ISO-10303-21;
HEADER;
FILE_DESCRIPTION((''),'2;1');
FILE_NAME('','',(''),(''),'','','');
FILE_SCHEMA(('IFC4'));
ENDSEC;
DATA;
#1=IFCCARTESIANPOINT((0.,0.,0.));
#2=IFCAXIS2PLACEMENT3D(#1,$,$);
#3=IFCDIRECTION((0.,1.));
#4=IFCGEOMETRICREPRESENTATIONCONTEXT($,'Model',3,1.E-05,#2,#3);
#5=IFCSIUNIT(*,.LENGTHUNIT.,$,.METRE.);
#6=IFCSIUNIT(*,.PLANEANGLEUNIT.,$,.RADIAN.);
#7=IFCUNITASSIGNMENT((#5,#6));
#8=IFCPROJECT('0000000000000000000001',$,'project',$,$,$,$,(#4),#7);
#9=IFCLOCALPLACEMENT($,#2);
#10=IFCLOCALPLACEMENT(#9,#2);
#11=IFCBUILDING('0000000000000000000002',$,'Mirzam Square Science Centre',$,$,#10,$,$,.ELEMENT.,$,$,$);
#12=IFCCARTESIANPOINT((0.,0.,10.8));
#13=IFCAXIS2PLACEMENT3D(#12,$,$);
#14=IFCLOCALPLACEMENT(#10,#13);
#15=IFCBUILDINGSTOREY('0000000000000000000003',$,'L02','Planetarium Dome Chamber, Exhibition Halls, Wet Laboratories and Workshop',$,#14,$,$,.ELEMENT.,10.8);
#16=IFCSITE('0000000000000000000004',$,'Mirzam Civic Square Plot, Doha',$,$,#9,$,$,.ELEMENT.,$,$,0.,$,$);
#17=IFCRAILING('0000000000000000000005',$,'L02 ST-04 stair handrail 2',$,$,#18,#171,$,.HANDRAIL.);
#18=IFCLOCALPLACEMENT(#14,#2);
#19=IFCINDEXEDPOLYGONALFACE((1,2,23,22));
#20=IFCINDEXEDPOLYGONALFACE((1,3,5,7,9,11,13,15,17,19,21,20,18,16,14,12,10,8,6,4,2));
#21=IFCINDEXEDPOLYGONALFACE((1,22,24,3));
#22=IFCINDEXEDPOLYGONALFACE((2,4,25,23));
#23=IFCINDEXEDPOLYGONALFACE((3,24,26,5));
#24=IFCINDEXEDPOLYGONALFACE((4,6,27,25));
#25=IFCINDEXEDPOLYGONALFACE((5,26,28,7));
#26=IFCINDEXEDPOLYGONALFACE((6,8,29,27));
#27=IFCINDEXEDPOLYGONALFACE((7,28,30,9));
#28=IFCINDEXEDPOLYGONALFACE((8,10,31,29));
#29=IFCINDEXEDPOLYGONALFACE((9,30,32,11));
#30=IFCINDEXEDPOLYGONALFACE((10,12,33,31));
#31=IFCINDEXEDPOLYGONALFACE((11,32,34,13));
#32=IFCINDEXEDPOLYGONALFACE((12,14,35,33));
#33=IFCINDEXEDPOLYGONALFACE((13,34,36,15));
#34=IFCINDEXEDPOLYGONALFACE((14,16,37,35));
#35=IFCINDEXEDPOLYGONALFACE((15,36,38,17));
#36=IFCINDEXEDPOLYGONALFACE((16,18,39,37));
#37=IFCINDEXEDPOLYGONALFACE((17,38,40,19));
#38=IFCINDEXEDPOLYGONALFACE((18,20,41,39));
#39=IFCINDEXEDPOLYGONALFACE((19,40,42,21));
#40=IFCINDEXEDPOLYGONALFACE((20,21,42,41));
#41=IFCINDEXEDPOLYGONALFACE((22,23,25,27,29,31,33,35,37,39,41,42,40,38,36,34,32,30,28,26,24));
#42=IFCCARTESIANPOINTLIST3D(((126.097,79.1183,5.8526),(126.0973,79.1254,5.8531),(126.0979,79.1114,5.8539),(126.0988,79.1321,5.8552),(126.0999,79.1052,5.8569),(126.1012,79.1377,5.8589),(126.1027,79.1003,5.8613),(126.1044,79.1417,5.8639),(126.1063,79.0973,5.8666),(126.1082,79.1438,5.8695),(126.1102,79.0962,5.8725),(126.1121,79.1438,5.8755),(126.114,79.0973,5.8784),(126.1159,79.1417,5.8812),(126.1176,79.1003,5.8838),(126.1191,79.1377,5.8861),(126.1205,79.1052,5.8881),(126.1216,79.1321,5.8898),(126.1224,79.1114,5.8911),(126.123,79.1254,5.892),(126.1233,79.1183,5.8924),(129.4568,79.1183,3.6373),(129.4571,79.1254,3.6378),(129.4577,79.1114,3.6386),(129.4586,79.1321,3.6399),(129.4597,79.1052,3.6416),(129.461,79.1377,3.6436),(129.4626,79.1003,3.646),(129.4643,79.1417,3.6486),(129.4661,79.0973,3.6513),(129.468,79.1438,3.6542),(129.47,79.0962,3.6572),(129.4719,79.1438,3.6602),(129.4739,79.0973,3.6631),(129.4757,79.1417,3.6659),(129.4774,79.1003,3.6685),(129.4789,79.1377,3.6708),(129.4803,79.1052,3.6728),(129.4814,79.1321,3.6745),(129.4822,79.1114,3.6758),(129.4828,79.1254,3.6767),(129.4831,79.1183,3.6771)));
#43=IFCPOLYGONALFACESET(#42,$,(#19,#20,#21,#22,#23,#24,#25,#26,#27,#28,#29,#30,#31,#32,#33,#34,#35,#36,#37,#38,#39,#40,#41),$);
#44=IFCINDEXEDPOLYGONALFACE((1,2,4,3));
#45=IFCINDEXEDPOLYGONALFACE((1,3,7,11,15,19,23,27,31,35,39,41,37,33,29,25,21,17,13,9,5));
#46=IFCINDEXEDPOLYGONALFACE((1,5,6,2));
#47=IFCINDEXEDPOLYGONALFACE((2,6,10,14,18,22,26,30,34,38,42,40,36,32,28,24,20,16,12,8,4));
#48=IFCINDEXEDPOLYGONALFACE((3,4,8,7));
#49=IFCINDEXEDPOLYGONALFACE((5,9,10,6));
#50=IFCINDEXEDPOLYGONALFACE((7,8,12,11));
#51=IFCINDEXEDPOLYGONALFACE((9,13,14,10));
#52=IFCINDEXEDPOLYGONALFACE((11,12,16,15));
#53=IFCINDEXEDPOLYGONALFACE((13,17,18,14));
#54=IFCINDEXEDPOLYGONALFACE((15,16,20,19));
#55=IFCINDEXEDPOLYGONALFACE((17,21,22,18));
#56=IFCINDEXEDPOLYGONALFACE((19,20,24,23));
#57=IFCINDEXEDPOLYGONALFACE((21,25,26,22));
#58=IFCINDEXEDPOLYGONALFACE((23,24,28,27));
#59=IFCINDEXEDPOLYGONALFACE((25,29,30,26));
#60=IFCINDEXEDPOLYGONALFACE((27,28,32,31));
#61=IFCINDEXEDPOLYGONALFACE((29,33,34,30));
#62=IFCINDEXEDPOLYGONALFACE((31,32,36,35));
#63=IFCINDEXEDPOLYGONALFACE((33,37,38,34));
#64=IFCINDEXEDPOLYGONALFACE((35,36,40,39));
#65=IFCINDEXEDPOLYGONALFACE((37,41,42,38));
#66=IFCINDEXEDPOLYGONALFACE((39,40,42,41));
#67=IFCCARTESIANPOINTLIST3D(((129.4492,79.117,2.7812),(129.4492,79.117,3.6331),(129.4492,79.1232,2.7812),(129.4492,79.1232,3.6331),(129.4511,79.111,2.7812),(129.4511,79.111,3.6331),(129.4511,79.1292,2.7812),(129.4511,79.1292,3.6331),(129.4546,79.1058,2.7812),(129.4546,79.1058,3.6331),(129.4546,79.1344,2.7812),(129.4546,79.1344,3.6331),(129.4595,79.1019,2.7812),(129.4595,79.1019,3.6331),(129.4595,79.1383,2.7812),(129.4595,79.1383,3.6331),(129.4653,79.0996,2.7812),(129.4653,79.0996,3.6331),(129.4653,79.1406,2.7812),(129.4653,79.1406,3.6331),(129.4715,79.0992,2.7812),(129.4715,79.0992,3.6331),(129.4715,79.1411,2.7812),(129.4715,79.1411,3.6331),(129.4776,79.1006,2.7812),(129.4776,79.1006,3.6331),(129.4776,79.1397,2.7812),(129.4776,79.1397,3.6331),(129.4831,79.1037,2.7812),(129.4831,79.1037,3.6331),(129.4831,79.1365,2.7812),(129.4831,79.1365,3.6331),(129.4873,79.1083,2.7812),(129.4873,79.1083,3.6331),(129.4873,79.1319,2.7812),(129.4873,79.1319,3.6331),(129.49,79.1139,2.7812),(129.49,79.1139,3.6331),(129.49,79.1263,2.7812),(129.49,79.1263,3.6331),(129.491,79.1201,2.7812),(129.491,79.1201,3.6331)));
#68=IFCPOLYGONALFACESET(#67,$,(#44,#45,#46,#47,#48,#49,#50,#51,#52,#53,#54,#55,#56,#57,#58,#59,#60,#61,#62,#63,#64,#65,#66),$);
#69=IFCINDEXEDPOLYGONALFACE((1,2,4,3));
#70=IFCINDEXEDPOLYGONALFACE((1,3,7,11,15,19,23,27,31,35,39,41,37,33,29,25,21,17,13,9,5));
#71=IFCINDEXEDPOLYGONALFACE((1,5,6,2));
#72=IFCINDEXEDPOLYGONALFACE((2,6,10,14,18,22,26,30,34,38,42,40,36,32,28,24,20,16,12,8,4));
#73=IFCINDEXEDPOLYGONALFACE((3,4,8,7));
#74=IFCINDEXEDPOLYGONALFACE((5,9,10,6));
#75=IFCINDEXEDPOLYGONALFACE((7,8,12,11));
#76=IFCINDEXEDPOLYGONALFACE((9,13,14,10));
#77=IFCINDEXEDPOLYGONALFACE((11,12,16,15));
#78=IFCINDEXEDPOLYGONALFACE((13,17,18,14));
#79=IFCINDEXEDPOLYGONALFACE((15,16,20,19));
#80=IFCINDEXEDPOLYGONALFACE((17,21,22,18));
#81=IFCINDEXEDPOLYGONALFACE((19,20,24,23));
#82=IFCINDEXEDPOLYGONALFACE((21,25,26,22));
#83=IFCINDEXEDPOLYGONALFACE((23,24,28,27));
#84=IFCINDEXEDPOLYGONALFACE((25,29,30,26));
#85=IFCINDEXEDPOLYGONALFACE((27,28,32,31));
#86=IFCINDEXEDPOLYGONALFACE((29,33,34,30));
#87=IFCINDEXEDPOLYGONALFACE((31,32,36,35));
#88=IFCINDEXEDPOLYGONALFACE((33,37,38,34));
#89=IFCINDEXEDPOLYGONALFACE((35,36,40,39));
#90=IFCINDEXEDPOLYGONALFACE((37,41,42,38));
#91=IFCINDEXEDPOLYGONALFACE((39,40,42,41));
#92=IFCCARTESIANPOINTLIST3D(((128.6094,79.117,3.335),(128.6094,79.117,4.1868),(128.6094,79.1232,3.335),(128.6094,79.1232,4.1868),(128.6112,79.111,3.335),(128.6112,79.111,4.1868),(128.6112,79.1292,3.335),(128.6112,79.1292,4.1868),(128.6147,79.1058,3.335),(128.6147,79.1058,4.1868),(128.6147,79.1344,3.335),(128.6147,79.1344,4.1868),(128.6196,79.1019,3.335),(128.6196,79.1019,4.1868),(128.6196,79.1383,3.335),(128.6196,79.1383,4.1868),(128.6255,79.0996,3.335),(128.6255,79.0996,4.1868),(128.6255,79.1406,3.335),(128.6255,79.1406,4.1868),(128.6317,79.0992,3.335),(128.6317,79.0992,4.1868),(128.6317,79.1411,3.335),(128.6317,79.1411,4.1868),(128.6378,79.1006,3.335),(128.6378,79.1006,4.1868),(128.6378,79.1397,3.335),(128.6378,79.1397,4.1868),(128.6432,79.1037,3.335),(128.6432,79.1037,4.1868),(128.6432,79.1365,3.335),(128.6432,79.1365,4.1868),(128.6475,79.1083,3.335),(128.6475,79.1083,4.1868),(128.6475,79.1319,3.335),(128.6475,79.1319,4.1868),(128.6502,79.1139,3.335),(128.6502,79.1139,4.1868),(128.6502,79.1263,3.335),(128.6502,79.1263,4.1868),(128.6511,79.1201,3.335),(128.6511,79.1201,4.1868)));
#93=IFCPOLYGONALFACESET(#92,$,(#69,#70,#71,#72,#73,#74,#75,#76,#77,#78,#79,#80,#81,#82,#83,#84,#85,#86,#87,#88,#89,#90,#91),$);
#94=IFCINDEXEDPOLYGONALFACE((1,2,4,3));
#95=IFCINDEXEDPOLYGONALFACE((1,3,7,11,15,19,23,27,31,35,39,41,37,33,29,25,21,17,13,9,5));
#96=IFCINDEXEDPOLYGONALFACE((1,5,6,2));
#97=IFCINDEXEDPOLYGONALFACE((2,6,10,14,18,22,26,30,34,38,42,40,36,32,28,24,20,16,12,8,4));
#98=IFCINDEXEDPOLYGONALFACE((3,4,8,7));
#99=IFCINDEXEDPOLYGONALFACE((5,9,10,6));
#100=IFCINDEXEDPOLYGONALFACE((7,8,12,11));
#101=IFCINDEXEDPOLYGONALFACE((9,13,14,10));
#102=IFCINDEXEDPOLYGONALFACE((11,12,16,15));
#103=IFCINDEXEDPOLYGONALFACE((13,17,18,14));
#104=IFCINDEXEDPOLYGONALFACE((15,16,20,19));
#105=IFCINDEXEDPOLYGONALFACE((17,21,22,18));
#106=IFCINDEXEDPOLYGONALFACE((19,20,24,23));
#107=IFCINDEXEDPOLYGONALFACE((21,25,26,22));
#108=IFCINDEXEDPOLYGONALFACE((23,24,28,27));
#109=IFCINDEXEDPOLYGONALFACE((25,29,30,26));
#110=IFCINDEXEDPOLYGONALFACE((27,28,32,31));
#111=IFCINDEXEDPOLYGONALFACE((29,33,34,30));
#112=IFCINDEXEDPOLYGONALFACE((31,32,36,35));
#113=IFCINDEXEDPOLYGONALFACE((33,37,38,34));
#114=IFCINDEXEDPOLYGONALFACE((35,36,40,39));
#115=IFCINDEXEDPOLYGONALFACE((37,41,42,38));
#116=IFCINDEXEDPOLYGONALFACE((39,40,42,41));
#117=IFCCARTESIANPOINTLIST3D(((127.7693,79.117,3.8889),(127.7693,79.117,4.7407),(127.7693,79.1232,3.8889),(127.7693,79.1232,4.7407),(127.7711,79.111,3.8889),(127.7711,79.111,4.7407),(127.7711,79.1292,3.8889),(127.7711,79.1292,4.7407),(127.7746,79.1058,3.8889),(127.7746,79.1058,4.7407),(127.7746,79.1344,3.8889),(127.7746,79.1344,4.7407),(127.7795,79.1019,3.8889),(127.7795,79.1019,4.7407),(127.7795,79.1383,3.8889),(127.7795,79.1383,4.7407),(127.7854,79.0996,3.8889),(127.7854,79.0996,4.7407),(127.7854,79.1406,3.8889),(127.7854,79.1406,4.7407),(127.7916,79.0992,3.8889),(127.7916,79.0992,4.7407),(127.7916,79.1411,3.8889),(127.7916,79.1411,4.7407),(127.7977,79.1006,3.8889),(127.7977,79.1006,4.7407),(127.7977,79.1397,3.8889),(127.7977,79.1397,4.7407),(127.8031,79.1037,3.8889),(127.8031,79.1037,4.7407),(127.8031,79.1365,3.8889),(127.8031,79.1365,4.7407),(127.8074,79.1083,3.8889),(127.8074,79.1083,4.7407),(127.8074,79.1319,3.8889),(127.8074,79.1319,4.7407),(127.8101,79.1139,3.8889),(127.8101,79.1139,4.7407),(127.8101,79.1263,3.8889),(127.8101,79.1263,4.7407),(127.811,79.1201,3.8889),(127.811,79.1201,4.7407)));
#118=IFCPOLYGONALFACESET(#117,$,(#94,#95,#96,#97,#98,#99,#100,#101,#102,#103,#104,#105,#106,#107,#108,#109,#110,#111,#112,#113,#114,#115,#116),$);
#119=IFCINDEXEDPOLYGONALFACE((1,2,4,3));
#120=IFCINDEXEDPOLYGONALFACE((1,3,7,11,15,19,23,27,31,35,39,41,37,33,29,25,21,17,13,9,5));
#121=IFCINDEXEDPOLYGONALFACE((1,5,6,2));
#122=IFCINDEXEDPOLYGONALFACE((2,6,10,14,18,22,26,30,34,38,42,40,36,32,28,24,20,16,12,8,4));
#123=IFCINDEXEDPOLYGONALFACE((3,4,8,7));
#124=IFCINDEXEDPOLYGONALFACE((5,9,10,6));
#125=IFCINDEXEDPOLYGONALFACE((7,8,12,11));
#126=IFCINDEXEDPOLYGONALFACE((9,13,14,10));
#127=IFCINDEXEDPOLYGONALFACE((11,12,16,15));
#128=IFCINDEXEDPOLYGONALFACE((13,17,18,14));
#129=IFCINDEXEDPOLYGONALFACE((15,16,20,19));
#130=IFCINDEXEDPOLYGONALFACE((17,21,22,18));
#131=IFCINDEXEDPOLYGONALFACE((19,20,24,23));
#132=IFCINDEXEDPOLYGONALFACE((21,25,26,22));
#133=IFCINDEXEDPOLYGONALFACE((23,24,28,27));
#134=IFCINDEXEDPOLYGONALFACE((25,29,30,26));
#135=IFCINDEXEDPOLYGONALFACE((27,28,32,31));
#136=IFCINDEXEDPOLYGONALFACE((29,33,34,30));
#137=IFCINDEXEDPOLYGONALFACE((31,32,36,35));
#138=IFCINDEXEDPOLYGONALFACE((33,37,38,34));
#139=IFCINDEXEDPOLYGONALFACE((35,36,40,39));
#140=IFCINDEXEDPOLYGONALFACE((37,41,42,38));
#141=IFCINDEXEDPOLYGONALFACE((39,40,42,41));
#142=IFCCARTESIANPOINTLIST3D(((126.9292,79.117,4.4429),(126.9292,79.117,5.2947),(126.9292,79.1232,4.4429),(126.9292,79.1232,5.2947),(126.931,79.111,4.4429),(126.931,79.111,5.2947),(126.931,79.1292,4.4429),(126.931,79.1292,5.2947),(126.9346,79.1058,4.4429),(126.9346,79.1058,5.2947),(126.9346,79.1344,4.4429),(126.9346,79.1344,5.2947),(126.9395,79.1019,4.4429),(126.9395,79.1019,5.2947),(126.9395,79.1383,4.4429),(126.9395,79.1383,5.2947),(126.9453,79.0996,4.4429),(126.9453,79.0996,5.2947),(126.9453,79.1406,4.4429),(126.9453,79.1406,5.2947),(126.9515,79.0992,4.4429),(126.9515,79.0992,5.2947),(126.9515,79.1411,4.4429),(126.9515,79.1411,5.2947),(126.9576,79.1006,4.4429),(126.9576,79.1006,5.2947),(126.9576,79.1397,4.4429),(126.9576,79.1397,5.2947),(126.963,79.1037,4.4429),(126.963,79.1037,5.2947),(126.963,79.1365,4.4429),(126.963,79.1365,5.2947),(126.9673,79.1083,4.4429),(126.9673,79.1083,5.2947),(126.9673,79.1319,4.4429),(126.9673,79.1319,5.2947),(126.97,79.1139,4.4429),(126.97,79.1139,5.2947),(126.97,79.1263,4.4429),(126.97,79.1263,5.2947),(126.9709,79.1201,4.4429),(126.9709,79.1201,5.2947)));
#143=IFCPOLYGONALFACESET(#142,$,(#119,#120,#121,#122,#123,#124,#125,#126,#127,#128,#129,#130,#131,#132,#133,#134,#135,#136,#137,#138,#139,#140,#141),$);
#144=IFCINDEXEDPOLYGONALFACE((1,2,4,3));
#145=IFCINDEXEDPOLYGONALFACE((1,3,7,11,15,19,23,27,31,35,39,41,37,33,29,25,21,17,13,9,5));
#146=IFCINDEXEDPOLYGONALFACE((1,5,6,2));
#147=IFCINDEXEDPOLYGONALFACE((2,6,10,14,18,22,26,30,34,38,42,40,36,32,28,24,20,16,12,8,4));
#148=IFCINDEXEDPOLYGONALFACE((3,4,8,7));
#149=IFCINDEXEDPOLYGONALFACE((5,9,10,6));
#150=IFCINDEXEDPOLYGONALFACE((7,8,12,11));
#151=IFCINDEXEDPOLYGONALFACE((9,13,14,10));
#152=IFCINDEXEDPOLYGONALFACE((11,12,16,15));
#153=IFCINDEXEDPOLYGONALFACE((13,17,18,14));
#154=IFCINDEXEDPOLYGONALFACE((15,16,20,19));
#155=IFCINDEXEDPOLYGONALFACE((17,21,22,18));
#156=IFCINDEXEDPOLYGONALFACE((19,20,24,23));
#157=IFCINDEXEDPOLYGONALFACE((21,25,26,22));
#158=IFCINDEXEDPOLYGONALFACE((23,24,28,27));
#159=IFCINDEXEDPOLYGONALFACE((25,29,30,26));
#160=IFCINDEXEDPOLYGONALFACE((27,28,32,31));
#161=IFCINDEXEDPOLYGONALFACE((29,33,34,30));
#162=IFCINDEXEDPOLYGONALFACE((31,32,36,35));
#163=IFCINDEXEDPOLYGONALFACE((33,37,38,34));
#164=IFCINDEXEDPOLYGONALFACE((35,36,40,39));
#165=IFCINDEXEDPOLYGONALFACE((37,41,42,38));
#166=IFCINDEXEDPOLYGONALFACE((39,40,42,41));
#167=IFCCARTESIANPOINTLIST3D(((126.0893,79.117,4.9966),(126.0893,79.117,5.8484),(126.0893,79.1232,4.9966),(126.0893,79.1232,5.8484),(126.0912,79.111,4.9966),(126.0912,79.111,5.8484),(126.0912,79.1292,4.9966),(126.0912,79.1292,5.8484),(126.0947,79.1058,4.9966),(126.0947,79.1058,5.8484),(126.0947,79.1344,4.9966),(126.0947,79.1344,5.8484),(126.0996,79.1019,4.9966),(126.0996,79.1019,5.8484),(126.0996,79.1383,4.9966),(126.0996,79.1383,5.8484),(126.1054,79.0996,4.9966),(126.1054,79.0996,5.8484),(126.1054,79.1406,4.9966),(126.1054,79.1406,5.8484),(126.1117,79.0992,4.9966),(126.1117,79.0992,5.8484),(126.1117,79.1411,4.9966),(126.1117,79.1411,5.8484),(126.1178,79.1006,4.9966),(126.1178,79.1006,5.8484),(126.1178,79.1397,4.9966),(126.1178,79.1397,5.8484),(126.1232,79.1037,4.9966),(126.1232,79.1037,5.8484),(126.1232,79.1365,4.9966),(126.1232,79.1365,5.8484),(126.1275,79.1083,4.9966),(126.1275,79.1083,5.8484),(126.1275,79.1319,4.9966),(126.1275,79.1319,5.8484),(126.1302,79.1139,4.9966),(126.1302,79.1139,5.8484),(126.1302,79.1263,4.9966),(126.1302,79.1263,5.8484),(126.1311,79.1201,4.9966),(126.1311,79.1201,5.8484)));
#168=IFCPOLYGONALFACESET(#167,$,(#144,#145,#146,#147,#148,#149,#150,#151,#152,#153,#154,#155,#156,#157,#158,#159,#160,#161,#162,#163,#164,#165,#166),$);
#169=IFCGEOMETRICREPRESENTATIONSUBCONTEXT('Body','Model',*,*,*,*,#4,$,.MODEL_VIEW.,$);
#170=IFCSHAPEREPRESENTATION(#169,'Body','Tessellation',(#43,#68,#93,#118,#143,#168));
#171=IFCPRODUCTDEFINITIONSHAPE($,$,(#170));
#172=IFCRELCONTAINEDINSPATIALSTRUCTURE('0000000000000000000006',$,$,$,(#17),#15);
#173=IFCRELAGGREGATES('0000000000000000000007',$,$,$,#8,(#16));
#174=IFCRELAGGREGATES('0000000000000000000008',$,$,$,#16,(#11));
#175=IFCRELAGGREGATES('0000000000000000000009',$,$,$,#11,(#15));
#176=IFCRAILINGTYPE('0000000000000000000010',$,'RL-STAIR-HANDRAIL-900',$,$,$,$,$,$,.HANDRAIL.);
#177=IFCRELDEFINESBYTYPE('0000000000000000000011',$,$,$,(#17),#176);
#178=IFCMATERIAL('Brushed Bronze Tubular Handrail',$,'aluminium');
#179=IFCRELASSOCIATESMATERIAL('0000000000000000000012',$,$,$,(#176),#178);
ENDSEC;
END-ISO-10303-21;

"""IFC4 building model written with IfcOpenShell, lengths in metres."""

from ifc_helpers import new_model, si_unit, direction, frame, origin, origin_2d, place, context, subcontext, project, spatial, circle, extrude, material, type_object, element, save


model = new_model("IFC4")

# Units and contexts
model_context = context("Model", 3, precision=1e-05, world=origin(), true_north=direction((0.0, 1.0)))
body_context = subcontext(model_context, "Body", "Model", "MODEL_VIEW")
ifc_project = project(units=[si_unit("LENGTHUNIT", "METRE"), si_unit("PLANEANGLEUNIT", "RADIAN")], contexts=[model_context])

# Site, building, storey
site_placement = place(None, origin())
site = spatial("IfcSite", under=ifc_project, at=site_placement, Name="Mirzam Civic Square Plot, Doha", CompositionType="ELEMENT", RefElevation=0.0)
building_placement = place(site_placement, origin())
building = spatial("IfcBuilding", under=site, at=building_placement, Name="Mirzam Square Science Centre", CompositionType="ELEMENT")
storey_placement = place(building_placement, frame((0.0, 0.0, 10.8)))
storey = spatial("IfcBuildingStorey", under=building, at=storey_placement, Name="L02", Description="Planetarium Dome Chamber, Exhibition Halls, Wet Laboratories and Workshop", CompositionType="ELEMENT", Elevation=10.8)

# Railing
ifc_material_1 = material(Name="Brushed Bronze Tubular Handrail", Category="aluminium")
railing_type_1 = type_object("IfcRailingType", Name="RL-STAIR-HANDRAIL-900", PredefinedType="HANDRAIL", material=ifc_material_1)
railing_1_placement = place(storey_placement, frame((129.47, 79.1201, 2.7812)))
element("IfcRailing", 1, at=railing_1_placement, inside=storey, type_object=railing_type_1, Name="L02 ST-04 stair handrail 2", PredefinedType="HANDRAIL", context=body_context, shape_type="SweptSolid", body=[
    extrude(circle(Radius=0.0239, at=origin_2d()), frame((0.0, 0.0, 0.876), z_axis=(-0.834858, 0.0, 0.550465), x_axis=(0.0, -1.0, 0.0)), (0.0, 0.0, 1.0), 4.0244),
    extrude(circle(Radius=0.021, at=origin_2d()), origin(), (0.0, 0.0, 1.0), 0.8518),
    extrude(circle(Radius=0.021, at=origin_2d()), frame((-0.8398, 0.0, 0.5537)), (0.0, 0.0, 1.0), 0.8518),
    extrude(circle(Radius=0.021, at=origin_2d()), frame((-1.6799, 0.0, 1.1077)), (0.0, 0.0, 1.0), 0.8518),
    extrude(circle(Radius=0.021, at=origin_2d()), frame((-2.52, 0.0, 1.6616)), (0.0, 0.0, 1.0), 0.8518),
    extrude(circle(Radius=0.021, at=origin_2d()), frame((-3.3599, 0.0, 2.2153)), (0.0, 0.0, 1.0), 0.8518),
])

save(model, "model.ifc")
